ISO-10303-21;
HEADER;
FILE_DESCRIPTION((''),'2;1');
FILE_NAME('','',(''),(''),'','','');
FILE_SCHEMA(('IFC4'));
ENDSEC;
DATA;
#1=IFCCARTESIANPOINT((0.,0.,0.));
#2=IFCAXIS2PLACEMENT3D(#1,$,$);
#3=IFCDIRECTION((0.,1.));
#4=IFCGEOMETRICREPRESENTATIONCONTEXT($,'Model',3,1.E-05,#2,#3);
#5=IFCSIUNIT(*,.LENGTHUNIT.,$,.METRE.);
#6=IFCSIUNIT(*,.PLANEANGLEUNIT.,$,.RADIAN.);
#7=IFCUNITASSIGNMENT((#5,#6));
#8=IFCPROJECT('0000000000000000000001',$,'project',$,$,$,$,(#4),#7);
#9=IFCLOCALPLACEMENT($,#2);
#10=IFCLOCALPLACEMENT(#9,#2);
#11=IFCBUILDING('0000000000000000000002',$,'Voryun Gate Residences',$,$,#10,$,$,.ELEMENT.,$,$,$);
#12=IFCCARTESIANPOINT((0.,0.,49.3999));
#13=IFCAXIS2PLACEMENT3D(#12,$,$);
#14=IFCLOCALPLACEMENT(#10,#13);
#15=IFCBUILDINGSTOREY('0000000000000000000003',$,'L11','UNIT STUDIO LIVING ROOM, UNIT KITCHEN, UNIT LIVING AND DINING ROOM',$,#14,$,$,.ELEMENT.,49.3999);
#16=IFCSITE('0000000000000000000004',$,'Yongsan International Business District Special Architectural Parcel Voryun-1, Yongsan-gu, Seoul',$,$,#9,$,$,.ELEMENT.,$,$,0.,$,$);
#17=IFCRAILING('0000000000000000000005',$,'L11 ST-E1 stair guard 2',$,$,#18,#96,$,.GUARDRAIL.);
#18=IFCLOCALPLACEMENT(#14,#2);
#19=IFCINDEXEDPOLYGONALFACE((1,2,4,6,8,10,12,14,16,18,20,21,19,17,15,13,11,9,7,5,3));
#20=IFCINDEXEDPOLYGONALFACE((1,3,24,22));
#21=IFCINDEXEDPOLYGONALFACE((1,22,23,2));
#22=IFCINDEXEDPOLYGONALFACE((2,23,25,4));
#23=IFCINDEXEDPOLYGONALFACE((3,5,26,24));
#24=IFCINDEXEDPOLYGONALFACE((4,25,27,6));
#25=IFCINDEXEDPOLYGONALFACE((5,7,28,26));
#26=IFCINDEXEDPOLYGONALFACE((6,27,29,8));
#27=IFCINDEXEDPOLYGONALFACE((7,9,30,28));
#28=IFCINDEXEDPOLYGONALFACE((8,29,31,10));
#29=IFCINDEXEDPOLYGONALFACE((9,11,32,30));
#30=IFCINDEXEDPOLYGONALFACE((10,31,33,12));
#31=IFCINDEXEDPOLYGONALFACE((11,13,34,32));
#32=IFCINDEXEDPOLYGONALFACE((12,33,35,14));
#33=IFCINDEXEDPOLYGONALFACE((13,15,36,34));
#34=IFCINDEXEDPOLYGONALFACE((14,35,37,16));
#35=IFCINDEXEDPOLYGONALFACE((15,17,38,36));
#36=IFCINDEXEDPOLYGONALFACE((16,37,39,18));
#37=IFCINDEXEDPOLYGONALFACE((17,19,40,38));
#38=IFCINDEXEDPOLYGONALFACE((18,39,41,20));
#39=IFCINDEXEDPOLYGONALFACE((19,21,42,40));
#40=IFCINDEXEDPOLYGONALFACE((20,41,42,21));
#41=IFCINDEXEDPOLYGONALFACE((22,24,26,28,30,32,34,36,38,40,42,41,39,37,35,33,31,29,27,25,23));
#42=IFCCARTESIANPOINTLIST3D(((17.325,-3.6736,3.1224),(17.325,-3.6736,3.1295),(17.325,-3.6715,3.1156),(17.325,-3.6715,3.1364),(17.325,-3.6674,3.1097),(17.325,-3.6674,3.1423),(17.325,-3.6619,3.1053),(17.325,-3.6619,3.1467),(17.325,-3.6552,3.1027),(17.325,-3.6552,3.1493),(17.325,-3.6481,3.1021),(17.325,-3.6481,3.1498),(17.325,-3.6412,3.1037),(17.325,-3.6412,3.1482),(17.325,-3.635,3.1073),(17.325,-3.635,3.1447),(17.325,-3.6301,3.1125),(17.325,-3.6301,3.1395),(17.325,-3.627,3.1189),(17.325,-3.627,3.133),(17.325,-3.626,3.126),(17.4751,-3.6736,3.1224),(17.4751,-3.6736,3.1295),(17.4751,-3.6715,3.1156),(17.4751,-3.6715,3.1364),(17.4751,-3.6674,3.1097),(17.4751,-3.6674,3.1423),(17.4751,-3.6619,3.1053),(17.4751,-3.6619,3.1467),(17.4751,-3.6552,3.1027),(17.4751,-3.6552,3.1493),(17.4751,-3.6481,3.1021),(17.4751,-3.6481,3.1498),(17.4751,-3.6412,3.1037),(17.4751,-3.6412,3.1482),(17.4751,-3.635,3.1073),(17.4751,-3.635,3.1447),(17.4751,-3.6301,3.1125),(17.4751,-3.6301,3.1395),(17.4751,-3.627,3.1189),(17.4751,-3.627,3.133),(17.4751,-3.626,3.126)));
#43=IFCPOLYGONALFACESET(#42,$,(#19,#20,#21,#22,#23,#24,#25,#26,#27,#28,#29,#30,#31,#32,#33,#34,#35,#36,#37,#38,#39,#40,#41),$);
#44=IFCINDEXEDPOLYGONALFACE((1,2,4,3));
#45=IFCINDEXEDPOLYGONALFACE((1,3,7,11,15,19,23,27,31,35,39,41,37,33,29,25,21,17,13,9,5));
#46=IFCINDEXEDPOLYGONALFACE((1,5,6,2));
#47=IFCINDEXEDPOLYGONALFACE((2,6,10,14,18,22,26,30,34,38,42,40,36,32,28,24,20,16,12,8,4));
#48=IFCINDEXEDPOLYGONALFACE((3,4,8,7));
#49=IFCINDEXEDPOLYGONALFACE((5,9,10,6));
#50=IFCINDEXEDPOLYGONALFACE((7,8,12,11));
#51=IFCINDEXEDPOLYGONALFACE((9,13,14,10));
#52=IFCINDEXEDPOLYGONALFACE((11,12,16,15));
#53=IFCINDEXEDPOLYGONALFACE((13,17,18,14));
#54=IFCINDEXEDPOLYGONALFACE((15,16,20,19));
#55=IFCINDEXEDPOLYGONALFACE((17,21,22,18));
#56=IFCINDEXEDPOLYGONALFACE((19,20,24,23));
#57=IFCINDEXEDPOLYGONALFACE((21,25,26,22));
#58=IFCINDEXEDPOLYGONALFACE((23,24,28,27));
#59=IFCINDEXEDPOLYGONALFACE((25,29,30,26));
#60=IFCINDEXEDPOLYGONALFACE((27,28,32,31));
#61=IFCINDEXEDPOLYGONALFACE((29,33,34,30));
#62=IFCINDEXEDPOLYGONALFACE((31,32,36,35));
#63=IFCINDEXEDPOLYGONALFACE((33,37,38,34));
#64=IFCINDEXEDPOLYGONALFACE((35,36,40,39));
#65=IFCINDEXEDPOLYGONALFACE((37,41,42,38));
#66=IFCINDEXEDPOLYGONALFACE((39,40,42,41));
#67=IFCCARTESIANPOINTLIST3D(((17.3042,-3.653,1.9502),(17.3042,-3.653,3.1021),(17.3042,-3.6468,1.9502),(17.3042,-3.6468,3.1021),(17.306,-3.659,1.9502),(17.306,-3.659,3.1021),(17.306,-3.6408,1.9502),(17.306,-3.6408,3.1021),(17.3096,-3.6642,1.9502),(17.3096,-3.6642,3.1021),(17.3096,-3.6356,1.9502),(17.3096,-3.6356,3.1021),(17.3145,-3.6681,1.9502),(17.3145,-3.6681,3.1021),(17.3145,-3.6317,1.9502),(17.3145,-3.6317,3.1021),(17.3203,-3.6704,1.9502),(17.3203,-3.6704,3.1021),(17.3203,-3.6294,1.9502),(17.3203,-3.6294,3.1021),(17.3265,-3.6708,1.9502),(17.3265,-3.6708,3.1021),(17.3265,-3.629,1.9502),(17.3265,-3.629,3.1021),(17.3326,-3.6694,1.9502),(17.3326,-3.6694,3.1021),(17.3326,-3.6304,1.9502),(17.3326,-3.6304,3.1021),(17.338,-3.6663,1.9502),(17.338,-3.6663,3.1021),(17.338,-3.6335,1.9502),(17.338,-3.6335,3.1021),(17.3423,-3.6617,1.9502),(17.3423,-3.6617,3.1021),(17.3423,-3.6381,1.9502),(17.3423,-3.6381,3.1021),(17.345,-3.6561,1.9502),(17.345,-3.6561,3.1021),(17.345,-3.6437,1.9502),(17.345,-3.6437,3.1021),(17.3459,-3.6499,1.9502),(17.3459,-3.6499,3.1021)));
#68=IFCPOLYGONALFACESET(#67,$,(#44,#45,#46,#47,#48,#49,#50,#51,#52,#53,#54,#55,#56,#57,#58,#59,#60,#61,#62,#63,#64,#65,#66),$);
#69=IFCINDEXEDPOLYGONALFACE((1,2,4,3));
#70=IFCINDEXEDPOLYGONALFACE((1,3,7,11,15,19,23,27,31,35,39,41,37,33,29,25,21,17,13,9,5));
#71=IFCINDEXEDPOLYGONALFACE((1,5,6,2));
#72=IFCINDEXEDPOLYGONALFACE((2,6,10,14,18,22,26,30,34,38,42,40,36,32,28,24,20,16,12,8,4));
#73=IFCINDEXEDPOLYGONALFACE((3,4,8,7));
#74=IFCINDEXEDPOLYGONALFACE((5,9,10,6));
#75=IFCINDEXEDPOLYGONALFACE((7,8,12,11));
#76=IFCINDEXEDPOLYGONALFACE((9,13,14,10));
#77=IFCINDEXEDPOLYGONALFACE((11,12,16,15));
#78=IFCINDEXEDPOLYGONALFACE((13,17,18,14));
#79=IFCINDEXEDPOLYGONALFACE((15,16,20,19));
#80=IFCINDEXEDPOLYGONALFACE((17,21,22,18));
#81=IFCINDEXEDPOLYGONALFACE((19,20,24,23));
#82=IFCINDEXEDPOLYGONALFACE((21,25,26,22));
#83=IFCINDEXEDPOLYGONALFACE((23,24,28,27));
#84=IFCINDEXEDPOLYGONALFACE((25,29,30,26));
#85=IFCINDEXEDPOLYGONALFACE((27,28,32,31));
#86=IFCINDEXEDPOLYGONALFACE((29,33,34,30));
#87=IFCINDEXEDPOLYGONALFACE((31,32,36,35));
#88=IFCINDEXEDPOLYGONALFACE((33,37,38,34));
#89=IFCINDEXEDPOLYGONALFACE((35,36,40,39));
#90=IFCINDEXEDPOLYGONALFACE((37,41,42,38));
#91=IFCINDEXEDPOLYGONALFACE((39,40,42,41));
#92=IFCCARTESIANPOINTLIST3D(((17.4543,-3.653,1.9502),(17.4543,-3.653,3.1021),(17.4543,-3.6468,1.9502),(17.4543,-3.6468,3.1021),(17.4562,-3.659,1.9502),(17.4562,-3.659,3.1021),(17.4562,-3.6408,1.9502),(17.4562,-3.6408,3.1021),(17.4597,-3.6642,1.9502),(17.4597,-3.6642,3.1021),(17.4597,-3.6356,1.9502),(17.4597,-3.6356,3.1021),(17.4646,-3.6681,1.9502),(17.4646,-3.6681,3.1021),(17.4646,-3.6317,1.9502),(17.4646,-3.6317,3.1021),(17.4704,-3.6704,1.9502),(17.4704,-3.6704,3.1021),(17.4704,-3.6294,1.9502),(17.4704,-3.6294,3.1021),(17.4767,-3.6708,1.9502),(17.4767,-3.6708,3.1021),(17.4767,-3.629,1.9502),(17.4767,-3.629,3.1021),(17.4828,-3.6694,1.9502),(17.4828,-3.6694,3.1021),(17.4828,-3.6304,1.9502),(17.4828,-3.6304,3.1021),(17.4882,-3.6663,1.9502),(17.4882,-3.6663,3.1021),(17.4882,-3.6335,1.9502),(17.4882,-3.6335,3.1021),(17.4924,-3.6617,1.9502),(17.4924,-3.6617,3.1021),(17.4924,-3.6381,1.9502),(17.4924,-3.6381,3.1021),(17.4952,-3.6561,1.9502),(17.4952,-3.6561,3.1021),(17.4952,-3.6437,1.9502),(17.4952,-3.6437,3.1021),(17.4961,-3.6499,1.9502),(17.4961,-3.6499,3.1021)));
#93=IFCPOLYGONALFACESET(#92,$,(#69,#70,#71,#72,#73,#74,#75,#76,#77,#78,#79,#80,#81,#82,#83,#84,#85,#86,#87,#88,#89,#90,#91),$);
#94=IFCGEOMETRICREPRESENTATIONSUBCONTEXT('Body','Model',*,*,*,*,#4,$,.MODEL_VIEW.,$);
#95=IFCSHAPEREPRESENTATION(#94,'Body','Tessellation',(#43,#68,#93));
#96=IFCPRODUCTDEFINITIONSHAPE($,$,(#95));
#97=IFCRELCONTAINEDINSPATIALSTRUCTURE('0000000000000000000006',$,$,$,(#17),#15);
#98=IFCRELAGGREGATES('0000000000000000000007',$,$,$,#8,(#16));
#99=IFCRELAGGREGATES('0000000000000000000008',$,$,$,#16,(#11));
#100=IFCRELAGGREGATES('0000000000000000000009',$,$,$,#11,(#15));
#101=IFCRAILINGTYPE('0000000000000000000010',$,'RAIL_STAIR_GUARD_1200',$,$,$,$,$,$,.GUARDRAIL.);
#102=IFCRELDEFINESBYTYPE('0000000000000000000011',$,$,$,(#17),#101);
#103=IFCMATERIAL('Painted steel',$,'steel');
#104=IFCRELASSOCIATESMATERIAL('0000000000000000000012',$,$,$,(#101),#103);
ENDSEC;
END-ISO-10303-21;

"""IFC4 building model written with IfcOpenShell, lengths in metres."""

from ifc_helpers import new_model, si_unit, direction, frame, origin, origin_2d, place, context, subcontext, project, spatial, circle, extrude, material, type_object, element, save


model = new_model("IFC4")

# Units and contexts
model_context = context("Model", 3, precision=1e-05, world=origin(), true_north=direction((0.0, 1.0)))
body_context = subcontext(model_context, "Body", "Model", "MODEL_VIEW")
ifc_project = project(units=[si_unit("LENGTHUNIT", "METRE"), si_unit("PLANEANGLEUNIT", "RADIAN")], contexts=[model_context])

# Site, building, storey
site_placement = place(None, origin())
site = spatial("IfcSite", under=ifc_project, at=site_placement, Name="Yongsan International Business District Special Architectural Parcel Voryun-1, Yongsan-gu, Seoul", CompositionType="ELEMENT", RefElevation=0.0)
building_placement = place(site_placement, origin())
building = spatial("IfcBuilding", under=site, at=building_placement, Name="Voryun Gate Residences", CompositionType="ELEMENT")
storey_placement = place(building_placement, frame((0.0, 0.0, 49.3999)))
storey = spatial("IfcBuildingStorey", under=building, at=storey_placement, Name="L11", Description="UNIT STUDIO LIVING ROOM, UNIT KITCHEN, UNIT LIVING AND DINING ROOM", CompositionType="ELEMENT", Elevation=49.3999)

# Railing
ifc_material_1 = material(Name="Painted steel", Category="steel")
railing_type_1 = type_object("IfcRailingType", Name="RAIL_STAIR_GUARD_1200", PredefinedType="GUARDRAIL", material=ifc_material_1)
railing_1_placement = place(storey_placement, frame((17.325, -3.6499, 1.9502)))
element("IfcRailing", 1, at=railing_1_placement, inside=storey, type_object=railing_type_1, Name="L11 ST-E1 stair guard 2", PredefinedType="GUARDRAIL", context=body_context, shape_type="SweptSolid", body=[
    extrude(circle(Radius=0.0239, at=origin_2d()), frame((0.0, 0.0, 1.1758), z_axis=(1.0, 0.0, 0.0), x_axis=(0.0, 1.0, 0.0)), (0.0, 0.0, 1.0), 0.1501),
    extrude(circle(Radius=0.021, at=origin_2d()), origin(), (0.0, 0.0, 1.0), 1.1519),
    extrude(circle(Radius=0.021, at=origin_2d()), frame((0.1501, 0.0, 0.0)), (0.0, 0.0, 1.0), 1.1519),
])

save(model, "model.ifc")
